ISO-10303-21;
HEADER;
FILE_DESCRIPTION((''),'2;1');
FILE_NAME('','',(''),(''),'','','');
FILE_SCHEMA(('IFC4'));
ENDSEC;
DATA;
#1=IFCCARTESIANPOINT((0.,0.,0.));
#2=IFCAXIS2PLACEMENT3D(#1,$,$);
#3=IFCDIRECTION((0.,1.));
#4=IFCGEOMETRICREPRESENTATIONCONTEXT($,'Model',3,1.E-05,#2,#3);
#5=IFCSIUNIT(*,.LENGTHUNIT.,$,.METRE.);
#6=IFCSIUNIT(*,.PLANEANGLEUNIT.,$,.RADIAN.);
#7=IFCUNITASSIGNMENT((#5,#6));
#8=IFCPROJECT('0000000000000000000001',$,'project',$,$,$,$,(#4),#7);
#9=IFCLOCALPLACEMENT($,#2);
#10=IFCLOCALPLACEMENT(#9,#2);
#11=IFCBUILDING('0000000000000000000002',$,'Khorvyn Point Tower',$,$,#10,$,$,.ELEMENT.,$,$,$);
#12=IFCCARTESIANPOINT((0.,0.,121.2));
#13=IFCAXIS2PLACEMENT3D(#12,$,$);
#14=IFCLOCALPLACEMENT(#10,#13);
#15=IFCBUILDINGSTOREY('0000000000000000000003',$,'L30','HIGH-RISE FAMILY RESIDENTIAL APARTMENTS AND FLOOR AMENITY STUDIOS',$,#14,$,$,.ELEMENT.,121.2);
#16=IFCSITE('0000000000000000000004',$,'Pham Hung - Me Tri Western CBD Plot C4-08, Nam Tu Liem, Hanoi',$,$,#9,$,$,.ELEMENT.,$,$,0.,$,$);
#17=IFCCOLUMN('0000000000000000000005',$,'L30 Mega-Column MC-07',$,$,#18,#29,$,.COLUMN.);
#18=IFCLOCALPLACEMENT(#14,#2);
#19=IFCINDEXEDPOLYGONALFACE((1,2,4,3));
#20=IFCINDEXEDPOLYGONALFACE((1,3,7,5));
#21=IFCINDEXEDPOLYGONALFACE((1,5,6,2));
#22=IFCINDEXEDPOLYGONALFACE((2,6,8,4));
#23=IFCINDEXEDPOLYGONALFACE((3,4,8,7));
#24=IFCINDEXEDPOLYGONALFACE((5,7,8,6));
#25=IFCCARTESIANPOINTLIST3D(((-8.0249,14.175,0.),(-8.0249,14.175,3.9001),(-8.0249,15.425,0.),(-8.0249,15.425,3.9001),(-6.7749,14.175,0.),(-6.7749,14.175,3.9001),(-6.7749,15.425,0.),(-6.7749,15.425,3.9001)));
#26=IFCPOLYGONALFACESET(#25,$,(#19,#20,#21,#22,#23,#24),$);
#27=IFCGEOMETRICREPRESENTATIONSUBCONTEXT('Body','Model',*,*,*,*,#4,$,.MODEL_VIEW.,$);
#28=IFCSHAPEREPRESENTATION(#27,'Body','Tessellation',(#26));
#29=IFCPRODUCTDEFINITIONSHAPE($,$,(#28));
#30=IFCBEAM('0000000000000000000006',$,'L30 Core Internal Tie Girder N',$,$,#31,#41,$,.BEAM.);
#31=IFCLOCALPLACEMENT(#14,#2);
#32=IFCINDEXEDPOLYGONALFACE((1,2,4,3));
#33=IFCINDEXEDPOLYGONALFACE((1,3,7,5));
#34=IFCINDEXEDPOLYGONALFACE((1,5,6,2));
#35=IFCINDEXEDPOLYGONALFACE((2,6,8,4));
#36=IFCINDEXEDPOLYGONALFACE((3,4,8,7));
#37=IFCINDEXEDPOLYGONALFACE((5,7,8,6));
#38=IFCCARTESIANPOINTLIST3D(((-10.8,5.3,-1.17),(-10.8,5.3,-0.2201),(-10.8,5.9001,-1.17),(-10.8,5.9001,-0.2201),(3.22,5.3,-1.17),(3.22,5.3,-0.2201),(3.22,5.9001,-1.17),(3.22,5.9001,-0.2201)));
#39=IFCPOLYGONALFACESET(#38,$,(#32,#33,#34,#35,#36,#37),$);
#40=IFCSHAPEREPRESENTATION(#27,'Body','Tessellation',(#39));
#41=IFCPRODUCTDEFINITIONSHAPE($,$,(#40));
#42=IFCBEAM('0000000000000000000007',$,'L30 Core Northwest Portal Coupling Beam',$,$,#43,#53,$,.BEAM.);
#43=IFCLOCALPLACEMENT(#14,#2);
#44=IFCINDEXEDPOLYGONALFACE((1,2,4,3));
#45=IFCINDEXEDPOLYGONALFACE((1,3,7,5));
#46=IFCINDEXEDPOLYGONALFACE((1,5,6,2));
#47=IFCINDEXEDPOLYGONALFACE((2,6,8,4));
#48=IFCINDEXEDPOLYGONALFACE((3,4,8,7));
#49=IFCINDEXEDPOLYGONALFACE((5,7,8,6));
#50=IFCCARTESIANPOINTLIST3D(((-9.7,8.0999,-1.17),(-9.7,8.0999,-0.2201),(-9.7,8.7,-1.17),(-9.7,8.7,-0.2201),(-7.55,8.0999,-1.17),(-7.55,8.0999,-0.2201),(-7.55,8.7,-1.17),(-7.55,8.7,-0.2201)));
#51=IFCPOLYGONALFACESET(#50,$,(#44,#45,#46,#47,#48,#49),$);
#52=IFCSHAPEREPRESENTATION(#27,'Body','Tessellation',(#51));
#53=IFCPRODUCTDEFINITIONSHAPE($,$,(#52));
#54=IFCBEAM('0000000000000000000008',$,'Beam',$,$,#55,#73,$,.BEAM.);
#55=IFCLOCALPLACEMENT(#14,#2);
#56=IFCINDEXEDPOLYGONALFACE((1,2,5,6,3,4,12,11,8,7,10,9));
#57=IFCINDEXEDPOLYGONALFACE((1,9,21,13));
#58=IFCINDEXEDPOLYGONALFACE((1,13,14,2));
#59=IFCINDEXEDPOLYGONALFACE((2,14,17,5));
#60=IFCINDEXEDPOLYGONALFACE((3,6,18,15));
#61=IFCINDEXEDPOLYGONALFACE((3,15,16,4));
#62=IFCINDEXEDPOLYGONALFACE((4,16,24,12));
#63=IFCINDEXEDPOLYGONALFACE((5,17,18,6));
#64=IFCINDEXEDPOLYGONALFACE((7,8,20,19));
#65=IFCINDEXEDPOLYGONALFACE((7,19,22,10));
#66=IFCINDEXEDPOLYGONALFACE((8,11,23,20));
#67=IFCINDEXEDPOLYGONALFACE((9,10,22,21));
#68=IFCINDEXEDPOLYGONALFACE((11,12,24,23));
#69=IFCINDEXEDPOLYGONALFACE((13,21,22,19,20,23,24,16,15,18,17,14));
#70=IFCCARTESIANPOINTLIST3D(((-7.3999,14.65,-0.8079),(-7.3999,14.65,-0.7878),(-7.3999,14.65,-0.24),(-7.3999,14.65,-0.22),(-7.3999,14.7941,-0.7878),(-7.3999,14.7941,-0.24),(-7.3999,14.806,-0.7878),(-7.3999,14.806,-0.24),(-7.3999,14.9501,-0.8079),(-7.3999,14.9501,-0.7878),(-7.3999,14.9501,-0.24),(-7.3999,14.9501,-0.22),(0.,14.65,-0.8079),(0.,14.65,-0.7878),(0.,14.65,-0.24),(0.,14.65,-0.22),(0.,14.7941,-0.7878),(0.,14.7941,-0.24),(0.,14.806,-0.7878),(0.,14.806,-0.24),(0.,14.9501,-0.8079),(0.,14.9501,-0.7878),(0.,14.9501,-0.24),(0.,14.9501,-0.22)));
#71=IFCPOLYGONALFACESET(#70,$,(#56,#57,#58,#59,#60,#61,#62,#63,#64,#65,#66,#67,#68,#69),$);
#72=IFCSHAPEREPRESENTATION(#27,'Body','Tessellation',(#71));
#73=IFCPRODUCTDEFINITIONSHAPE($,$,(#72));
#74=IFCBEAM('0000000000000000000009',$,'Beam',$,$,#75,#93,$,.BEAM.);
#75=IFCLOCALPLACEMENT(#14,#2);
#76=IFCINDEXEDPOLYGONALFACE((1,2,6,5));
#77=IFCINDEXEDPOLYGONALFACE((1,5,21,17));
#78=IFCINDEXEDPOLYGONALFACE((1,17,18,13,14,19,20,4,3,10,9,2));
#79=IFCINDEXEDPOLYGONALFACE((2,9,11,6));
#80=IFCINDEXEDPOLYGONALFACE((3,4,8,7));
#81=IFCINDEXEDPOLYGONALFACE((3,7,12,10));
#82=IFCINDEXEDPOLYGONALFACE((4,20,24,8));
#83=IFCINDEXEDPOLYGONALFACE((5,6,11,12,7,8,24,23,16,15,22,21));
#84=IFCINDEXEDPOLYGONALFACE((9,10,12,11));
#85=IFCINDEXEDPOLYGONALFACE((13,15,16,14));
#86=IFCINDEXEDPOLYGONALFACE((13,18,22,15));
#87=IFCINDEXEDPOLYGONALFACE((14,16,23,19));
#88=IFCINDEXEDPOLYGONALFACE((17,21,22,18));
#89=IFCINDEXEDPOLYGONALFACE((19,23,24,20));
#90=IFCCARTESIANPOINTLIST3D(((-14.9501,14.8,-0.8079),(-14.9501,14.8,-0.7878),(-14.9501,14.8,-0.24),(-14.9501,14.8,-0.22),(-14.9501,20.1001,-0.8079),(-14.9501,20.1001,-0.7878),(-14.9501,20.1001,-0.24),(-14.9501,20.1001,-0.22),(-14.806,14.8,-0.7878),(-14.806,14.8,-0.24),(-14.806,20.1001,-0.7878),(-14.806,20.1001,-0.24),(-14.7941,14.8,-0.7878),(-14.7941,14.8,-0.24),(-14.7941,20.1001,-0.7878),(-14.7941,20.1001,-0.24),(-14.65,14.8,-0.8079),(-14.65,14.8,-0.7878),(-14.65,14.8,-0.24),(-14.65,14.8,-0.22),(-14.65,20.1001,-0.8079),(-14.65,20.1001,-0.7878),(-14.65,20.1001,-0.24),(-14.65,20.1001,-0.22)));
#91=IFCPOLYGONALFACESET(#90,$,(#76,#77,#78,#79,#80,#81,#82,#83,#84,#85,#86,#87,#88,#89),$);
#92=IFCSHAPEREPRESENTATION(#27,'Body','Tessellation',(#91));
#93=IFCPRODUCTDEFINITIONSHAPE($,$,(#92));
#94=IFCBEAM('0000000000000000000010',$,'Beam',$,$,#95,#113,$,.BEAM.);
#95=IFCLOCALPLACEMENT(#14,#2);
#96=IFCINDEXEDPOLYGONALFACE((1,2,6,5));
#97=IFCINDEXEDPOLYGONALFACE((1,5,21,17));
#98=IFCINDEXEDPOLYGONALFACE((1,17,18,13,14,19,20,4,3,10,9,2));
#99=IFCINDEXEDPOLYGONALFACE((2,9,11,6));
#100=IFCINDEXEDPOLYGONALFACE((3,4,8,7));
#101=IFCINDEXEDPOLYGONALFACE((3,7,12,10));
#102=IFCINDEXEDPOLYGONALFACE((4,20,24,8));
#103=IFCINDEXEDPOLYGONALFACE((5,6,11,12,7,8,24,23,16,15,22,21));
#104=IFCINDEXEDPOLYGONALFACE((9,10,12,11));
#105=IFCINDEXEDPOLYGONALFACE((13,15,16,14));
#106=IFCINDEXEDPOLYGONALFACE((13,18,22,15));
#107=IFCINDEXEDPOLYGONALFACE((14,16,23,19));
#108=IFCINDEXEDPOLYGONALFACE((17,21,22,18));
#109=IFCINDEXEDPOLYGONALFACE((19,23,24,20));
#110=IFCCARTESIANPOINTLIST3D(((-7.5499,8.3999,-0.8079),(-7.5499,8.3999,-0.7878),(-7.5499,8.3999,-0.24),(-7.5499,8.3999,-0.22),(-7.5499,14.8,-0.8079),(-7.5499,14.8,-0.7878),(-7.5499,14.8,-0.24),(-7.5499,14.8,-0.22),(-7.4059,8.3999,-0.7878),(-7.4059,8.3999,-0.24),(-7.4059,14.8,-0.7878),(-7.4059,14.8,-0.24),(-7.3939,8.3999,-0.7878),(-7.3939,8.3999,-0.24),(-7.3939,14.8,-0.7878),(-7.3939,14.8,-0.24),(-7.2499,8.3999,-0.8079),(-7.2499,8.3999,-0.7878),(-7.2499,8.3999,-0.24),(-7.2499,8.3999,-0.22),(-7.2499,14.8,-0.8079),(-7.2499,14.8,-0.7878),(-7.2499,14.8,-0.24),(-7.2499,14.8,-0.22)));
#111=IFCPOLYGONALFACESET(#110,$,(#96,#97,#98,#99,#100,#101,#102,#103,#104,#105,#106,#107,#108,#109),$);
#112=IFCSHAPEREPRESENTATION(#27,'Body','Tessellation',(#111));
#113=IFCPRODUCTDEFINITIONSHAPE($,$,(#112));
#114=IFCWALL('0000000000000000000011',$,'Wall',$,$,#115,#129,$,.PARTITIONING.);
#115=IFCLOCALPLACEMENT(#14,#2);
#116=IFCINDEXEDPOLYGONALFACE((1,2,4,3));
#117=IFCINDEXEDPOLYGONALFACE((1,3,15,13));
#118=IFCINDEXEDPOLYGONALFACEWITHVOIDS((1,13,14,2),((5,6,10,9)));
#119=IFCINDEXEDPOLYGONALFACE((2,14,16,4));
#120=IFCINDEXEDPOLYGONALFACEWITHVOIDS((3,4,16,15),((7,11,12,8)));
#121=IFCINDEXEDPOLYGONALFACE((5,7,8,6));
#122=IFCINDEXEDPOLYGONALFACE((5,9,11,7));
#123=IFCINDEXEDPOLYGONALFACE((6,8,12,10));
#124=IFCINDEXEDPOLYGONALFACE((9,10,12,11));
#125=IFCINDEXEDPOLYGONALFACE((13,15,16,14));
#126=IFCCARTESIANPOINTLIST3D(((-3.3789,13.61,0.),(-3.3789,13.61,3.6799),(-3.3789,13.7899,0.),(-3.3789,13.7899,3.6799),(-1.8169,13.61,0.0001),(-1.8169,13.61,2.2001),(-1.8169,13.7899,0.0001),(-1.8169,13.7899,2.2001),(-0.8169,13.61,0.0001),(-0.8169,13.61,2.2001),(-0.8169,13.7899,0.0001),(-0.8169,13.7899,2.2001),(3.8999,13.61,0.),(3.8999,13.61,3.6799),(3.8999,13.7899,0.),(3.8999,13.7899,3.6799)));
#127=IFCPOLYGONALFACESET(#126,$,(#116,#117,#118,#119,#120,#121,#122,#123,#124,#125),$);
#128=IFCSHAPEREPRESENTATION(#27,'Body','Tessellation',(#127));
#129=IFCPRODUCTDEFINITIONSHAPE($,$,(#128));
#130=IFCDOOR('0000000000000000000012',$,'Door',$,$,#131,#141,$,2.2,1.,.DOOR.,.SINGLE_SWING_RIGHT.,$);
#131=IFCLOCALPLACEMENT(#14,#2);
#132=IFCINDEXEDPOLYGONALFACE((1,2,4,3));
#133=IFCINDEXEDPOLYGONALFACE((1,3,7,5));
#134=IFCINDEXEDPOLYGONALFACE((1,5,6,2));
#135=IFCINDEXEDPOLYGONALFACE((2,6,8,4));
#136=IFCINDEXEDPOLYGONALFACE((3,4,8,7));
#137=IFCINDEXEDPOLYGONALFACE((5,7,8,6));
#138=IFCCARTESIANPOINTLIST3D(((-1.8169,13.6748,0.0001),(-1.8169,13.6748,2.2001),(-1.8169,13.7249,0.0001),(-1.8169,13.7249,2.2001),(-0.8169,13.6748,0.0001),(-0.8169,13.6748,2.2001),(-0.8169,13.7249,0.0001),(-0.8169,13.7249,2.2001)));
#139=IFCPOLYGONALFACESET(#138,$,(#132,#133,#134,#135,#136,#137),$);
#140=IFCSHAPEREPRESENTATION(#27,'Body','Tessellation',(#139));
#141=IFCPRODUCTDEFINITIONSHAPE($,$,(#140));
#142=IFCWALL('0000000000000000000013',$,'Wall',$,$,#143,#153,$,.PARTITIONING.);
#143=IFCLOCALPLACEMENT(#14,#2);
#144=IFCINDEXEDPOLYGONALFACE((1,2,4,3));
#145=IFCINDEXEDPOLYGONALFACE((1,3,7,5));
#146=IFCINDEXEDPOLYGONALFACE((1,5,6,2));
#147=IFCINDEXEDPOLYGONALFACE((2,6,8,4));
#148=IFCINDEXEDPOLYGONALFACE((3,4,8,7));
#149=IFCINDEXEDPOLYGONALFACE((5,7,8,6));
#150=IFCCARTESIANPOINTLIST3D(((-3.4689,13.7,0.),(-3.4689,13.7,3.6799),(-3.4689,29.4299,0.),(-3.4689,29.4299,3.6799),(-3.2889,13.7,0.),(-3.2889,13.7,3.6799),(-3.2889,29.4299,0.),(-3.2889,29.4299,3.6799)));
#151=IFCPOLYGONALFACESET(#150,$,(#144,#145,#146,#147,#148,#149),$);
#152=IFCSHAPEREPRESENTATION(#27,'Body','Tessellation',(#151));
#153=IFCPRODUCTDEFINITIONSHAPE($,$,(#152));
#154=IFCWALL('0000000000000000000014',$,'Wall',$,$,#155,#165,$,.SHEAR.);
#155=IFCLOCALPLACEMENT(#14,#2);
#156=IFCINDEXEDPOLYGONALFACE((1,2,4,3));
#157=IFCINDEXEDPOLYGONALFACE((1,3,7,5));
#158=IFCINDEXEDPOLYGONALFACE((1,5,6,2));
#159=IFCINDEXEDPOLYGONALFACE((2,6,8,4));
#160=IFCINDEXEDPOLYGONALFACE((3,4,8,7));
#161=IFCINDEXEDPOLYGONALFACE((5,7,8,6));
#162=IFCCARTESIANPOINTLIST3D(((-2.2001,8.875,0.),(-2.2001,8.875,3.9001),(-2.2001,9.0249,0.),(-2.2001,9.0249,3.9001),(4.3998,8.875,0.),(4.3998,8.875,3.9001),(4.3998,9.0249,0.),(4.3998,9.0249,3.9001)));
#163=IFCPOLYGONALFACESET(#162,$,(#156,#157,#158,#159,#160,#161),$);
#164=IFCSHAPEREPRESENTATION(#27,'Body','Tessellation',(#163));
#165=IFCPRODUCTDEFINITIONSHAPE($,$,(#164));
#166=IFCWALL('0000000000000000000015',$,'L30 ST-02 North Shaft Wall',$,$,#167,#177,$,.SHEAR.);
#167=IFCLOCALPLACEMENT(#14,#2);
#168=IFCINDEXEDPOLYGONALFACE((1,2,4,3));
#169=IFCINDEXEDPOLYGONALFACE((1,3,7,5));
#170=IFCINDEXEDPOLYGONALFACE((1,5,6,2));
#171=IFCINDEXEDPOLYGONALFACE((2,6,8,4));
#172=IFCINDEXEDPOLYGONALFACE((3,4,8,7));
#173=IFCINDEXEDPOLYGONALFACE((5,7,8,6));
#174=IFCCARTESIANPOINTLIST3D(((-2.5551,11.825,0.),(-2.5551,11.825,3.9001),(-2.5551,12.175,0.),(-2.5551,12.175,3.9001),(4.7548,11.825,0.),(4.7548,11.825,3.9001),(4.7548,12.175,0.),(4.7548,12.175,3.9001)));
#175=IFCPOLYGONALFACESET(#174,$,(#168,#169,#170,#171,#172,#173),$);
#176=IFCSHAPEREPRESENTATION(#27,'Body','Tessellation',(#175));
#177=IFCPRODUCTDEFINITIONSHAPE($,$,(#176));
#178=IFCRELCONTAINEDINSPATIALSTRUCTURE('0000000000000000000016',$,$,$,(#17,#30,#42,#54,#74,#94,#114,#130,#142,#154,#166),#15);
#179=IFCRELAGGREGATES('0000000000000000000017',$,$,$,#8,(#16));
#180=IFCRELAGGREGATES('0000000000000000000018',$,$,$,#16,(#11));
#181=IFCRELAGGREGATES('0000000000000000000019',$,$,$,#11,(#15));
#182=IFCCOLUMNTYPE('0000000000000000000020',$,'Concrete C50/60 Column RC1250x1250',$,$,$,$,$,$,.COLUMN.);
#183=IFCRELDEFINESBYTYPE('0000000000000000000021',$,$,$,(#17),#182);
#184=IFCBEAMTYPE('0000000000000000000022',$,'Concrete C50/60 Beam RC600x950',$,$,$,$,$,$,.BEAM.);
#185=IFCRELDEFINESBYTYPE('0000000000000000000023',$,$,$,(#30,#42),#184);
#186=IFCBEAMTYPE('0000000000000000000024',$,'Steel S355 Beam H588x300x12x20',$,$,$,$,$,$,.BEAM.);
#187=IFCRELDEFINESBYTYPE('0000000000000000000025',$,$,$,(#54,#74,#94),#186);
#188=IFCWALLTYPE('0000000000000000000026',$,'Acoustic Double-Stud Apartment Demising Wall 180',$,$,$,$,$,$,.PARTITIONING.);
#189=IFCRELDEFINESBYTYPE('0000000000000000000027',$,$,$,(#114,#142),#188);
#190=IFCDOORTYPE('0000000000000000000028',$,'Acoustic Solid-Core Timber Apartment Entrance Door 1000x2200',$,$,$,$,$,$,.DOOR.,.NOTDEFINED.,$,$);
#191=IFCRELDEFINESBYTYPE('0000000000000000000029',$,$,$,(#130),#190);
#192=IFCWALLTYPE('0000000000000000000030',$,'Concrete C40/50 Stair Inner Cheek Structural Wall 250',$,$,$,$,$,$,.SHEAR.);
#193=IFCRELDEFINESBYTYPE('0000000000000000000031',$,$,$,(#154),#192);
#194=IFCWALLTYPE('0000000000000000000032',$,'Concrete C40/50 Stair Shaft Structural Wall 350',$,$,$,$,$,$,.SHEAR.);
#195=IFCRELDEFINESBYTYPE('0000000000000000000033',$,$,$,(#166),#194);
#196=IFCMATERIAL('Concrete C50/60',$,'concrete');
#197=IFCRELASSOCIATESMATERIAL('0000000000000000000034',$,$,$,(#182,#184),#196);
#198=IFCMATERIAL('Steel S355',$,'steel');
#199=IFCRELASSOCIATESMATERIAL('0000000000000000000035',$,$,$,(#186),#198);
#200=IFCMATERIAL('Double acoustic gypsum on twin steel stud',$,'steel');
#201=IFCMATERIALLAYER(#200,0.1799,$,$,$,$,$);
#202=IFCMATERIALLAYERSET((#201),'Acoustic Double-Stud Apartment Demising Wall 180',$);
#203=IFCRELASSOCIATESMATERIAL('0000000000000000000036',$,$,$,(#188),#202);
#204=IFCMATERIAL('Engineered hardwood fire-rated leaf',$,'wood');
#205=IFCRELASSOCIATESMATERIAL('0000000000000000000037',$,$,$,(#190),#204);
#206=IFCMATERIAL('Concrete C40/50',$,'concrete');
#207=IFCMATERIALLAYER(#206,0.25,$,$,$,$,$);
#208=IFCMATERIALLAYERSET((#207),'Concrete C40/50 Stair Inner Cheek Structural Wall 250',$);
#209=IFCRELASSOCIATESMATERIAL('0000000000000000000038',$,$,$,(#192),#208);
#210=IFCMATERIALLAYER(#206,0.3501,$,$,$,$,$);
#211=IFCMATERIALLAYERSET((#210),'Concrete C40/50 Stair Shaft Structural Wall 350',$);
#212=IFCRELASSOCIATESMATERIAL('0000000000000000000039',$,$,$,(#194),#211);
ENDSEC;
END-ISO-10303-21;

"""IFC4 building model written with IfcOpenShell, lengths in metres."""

from ifc_helpers import new_model, si_unit, direction, frame, frame_2d, origin, origin_2d, place, context, subcontext, project, spatial, rectangle, i_section, extrude, material, layer, layer_set, material_profile, profile_set, type_object, element, fill, save


model = new_model("IFC4")

# Units and contexts
model_context = context("Model", 3, precision=1e-05, world=origin(), true_north=direction((0.0, 1.0)))
body_context = subcontext(model_context, "Body", "Model", "MODEL_VIEW")
ifc_project = project(units=[si_unit("LENGTHUNIT", "METRE"), si_unit("PLANEANGLEUNIT", "RADIAN")], contexts=[model_context])

# Site, building, storey
site_placement = place(None, origin())
site = spatial("IfcSite", under=ifc_project, at=site_placement, Name="Pham Hung - Me Tri Western CBD Plot C4-08, Nam Tu Liem, Hanoi", CompositionType="ELEMENT", RefElevation=0.0)
building_placement = place(site_placement, origin())
building = spatial("IfcBuilding", under=site, at=building_placement, Name="Khorvyn Point Tower", CompositionType="ELEMENT")
storey_placement = place(building_placement, frame((0.0, 0.0, 121.2)))
storey = spatial("IfcBuildingStorey", under=building, at=storey_placement, Name="L30", Description="HIGH-RISE FAMILY RESIDENTIAL APARTMENTS AND FLOOR AMENITY STUDIOS", CompositionType="ELEMENT", Elevation=121.2)

# Column
ifc_material_1 = material(Name="Concrete C50/60", Category="concrete")
ifc_material_profile_1 = material_profile(ifc_material_1, rectangle(XDim=1.25, YDim=1.25, at=origin_2d()))
ifc_profile_set_1 = profile_set([ifc_material_profile_1], Name="Concrete C50/60 RC1250x1250")
column_type = type_object("IfcColumnType", Name="Concrete C50/60 Column RC1250x1250", PredefinedType="COLUMN", material=ifc_profile_set_1)
column_placement = place(storey_placement, frame((-7.3999, 14.8, 0.0), z_axis=(0.0, 0.0, 1.0), x_axis=(1.0, 0.0, 0.0)))
element("IfcColumn", 1, at=column_placement, inside=storey, type_object=column_type, Name="L30 Mega-Column MC-07", PredefinedType="COLUMN", context=body_context, shape_type="SweptSolid", body=[
    extrude(rectangle(XDim=1.25, YDim=1.25, at=origin_2d()), origin(), (0.0, 0.0, 1.0), 3.9001),
])

# Beams
ifc_material_profile_2 = material_profile(ifc_material_1, rectangle(XDim=0.6001, YDim=0.95, at=origin_2d()))
ifc_profile_set_2 = profile_set([ifc_material_profile_2], Name="Concrete C50/60 RC600x950")
beam_type_1 = type_object("IfcBeamType", Name="Concrete C50/60 Beam RC600x950", PredefinedType="BEAM", material=ifc_profile_set_2)
beam_1_placement = place(storey_placement, frame((-10.8, 5.6001, -0.6951), z_axis=(1.0, 0.0, 0.0), x_axis=(0.0, 1.0, 0.0)))
element("IfcBeam", 2, at=beam_1_placement, inside=storey, type_object=beam_type_1, Name="L30 Core Internal Tie Girder N", PredefinedType="BEAM", context=body_context, shape_type="SweptSolid", body=[
    extrude(rectangle(XDim=0.6001, YDim=0.95, at=origin_2d()), origin(), (0.0, 0.0, 1.0), 14.02),
])
beam_2_placement = place(storey_placement, frame((-9.7, 8.3999, -0.6951), z_axis=(1.0, 0.0, 0.0), x_axis=(0.0, 1.0, 0.0)))
element("IfcBeam", 3, at=beam_2_placement, inside=storey, type_object=beam_type_1, Name="L30 Core Northwest Portal Coupling Beam", PredefinedType="BEAM", context=body_context, shape_type="SweptSolid", body=[
    extrude(rectangle(XDim=0.6001, YDim=0.95, at=origin_2d()), origin(), (0.0, 0.0, 1.0), 2.1499),
])
ifc_material_2 = material(Name="Steel S355", Category="steel")
ifc_material_profile_3 = material_profile(ifc_material_2, i_section(OverallWidth=0.3, OverallDepth=0.5879, WebThickness=0.012, FlangeThickness=0.02, at=origin_2d()))
ifc_profile_set_3 = profile_set([ifc_material_profile_3], Name="Steel S355 H588x300x12x20")
beam_type_2 = type_object("IfcBeamType", Name="Steel S355 Beam H588x300x12x20", PredefinedType="BEAM", material=ifc_profile_set_3)
beam_3_placement = place(storey_placement, frame((-7.3999, 14.8, -0.5139), z_axis=(1.0, 0.0, 0.0), x_axis=(0.0, 1.0, 0.0)))
element("IfcBeam", 4, at=beam_3_placement, inside=storey, type_object=beam_type_2, Name="Beam", PredefinedType="BEAM", context=body_context, shape_type="SweptSolid", body=[
    extrude(i_section(OverallWidth=0.3, OverallDepth=0.5879, WebThickness=0.012, FlangeThickness=0.02, at=origin_2d()), origin(), (0.0, 0.0, 1.0), 7.3999),
])
beam_4_placement = place(storey_placement, frame((-14.8, 14.8, -0.5139), z_axis=(0.0, 1.0, 0.0), x_axis=(-1.0, 0.0, 0.0)))
element("IfcBeam", 5, at=beam_4_placement, inside=storey, type_object=beam_type_2, Name="Beam", PredefinedType="BEAM", context=body_context, shape_type="SweptSolid", body=[
    extrude(i_section(OverallWidth=0.3, OverallDepth=0.5879, WebThickness=0.012, FlangeThickness=0.02, at=origin_2d()), origin(), (0.0, 0.0, 1.0), 5.3),
])
beam_5_placement = place(storey_placement, frame((-7.3999, 8.3999, -0.5139), z_axis=(0.0, 1.0, 0.0), x_axis=(-1.0, 0.0, 0.0)))
element("IfcBeam", 6, at=beam_5_placement, inside=storey, type_object=beam_type_2, Name="Beam", PredefinedType="BEAM", context=body_context, shape_type="SweptSolid", body=[
    extrude(i_section(OverallWidth=0.3, OverallDepth=0.5879, WebThickness=0.012, FlangeThickness=0.02, at=origin_2d()), origin(), (0.0, 0.0, 1.0), 6.4001),
])

# Wall, opening, door
ifc_material_3 = material(Name="Double acoustic gypsum on twin steel stud", Category="steel")
ifc_layer_1 = layer(ifc_material_3, 0.1799)
ifc_layer_set_1 = layer_set([ifc_layer_1], Name="Acoustic Double-Stud Apartment Demising Wall 180")
wall_type_1 = type_object("IfcWallType", Name="Acoustic Double-Stud Apartment Demising Wall 180", PredefinedType="PARTITIONING", material=ifc_layer_set_1)
wall_1_placement = place(storey_placement, frame((-3.3789, 13.7, 0.0), z_axis=(0.0, 0.0, 1.0), x_axis=(1.0, 0.0, 0.0)))
wall_1 = element("IfcWall", 7, at=wall_1_placement, inside=storey, type_object=wall_type_1, Name="Wall", PredefinedType="PARTITIONING", context=body_context, shape_type="SweptSolid", body=[
    extrude(rectangle(XDim=7.2788, YDim=0.1799, at=frame_2d((3.6394, 0.0))), origin(), (0.0, 0.0, 1.0), 3.6799),
])
opening_1_placement = place(wall_1_placement, frame((1.562, 0.0, 0.0)))
opening_1 = element("IfcOpeningElement", 8, at=opening_1_placement, cuts=wall_1, PredefinedType="OPENING", context=body_context, shape_type="SweptSolid", body=[
    extrude(rectangle(XDim=1.0, YDim=2.2, at=frame_2d((0.5, 1.1001))), frame((0.0, 0.0999, 0.0), z_axis=(0.0, -1.0, 0.0), x_axis=(1.0, 0.0, 0.0)), (0.0, 0.0, 1.0), 0.2),
])
ifc_material_4 = material(Name="Engineered hardwood fire-rated leaf", Category="wood")
door_type_1 = type_object("IfcDoorType", Name="Acoustic Solid-Core Timber Apartment Entrance Door 1000x2200", OperationType="NOTDEFINED", PredefinedType="DOOR", material=ifc_material_4)
door_1_placement = place(opening_1_placement, origin())
door_1 = element("IfcDoor", 9, at=door_1_placement, inside=storey, type_object=door_type_1, Name="Door", OperationType="SINGLE_SWING_RIGHT", OverallHeight=2.2, OverallWidth=1.0, PredefinedType="DOOR", context=body_context, shape_type="SweptSolid", body=[
    extrude(rectangle(XDim=1.0, YDim=2.2, at=frame_2d((0.5, 1.1001))), frame((0.0, 0.0249, 0.0), z_axis=(0.0, -1.0, 0.0), x_axis=(1.0, 0.0, 0.0)), (0.0, 0.0, 1.0), 0.05),
])
fill(opening_1, door_1)

# Wall
wall_2_placement = place(storey_placement, frame((-3.3789, 13.7, 0.0), z_axis=(0.0, 0.0, 1.0), x_axis=(0.0, 1.0, 0.0)))
element("IfcWall", 10, at=wall_2_placement, inside=storey, type_object=wall_type_1, Name="Wall", PredefinedType="PARTITIONING", context=body_context, shape_type="SweptSolid", body=[
    extrude(rectangle(XDim=15.73, YDim=0.1799, at=frame_2d((7.865, 0.0))), origin(), (0.0, 0.0, 1.0), 3.6799),
])

# Shared definitions
ifc_material_5 = material(Name="Concrete C40/50", Category="concrete")

# Walls
ifc_layer_2 = layer(ifc_material_5, 0.25)
ifc_layer_set_2 = layer_set([ifc_layer_2], Name="Concrete C40/50 Stair Inner Cheek Structural Wall 250")
wall_type_2 = type_object("IfcWallType", Name="Concrete C40/50 Stair Inner Cheek Structural Wall 250", PredefinedType="SHEAR", material=ifc_layer_set_2)
wall_3_placement = place(storey_placement, frame((-2.2, 8.95, 0.0), z_axis=(0.0, 0.0, 1.0), x_axis=(1.0, 0.0, 0.0)))
element("IfcWall", 11, at=wall_3_placement, inside=storey, type_object=wall_type_2, Name="Wall", PredefinedType="SHEAR", context=body_context, shape_type="SweptSolid", body=[
    extrude(rectangle(XDim=6.5999, YDim=0.1499, at=frame_2d((3.2998, 0.0))), origin(), (0.0, 0.0, 1.0), 3.9001),
])
ifc_layer_3 = layer(ifc_material_5, 0.3501)
ifc_layer_set_3 = layer_set([ifc_layer_3], Name="Concrete C40/50 Stair Shaft Structural Wall 350")
wall_type_3 = type_object("IfcWallType", Name="Concrete C40/50 Stair Shaft Structural Wall 350", PredefinedType="SHEAR", material=ifc_layer_set_3)
wall_4_placement = place(storey_placement, frame((-2.5549, 12.0, 0.0), z_axis=(0.0, 0.0, 1.0), x_axis=(1.0, 0.0, 0.0)))
element("IfcWall", 12, at=wall_4_placement, inside=storey, type_object=wall_type_3, Name="L30 ST-02 North Shaft Wall", PredefinedType="SHEAR", context=body_context, shape_type="SweptSolid", body=[
    extrude(rectangle(XDim=7.3098, YDim=0.3501, at=frame_2d((3.6548, 0.0))), origin(), (0.0, 0.0, 1.0), 3.9001),
])

save(model, "model.ifc")
